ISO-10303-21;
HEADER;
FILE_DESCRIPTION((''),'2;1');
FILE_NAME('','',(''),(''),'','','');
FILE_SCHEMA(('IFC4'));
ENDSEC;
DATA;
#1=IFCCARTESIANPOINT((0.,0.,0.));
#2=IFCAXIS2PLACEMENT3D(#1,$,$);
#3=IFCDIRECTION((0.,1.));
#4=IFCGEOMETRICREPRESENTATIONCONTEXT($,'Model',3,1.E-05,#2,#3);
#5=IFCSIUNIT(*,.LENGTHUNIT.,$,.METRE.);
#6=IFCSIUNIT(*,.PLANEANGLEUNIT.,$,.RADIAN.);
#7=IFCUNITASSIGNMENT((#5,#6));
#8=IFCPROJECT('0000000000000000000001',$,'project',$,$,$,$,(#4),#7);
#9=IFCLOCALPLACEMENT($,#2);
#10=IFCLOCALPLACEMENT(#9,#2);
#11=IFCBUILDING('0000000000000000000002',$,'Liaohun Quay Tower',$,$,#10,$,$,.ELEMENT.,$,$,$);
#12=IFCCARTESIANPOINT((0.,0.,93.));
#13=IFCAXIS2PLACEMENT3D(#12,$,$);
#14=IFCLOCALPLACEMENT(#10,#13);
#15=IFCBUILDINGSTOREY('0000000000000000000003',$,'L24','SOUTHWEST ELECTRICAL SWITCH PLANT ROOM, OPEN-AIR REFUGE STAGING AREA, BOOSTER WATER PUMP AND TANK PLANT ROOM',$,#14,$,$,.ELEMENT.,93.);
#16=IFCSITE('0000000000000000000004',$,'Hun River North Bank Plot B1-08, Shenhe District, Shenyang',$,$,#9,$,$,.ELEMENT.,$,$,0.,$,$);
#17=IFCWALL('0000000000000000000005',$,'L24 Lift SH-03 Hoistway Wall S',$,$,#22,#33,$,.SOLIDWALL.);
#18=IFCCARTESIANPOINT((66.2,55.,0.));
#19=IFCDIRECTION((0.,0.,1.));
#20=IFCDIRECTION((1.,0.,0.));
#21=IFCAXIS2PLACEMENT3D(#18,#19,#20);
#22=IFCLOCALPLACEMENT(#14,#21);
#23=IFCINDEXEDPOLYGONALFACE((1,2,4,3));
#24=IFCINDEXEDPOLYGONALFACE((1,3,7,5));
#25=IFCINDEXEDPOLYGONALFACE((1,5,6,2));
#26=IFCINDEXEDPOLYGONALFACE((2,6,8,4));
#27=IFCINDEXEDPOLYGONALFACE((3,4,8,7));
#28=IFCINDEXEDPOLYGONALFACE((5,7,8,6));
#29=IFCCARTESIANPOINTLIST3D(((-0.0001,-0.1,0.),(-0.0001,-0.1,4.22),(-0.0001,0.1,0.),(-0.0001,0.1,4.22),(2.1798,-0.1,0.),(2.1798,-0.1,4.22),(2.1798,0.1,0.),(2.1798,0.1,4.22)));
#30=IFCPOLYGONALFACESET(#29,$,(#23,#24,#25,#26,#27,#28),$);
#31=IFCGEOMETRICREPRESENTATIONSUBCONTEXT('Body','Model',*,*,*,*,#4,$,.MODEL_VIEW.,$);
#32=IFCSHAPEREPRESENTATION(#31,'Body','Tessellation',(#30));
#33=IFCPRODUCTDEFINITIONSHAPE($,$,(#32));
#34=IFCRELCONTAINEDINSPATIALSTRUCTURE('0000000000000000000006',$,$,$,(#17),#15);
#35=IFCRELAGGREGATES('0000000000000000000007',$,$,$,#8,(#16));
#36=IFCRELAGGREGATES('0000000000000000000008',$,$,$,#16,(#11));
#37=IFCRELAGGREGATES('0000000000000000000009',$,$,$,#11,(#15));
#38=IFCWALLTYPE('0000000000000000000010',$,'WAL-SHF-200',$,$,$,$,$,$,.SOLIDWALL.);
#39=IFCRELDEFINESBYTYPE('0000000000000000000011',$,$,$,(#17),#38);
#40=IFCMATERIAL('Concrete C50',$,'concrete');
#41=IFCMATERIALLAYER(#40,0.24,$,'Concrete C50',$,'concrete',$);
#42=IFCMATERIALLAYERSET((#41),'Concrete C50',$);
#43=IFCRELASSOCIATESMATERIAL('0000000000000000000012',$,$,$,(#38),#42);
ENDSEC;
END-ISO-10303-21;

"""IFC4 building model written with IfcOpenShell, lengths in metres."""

from ifc_helpers import new_model, si_unit, direction, frame, frame_2d, origin, place, context, subcontext, project, spatial, rectangle, extrude, material, layer, layer_set, type_object, element, save


model = new_model("IFC4")

# Units and contexts
model_context = context("Model", 3, precision=1e-05, world=origin(), true_north=direction((0.0, 1.0)))
body_context = subcontext(model_context, "Body", "Model", "MODEL_VIEW")
ifc_project = project(units=[si_unit("LENGTHUNIT", "METRE"), si_unit("PLANEANGLEUNIT", "RADIAN")], contexts=[model_context])

# Site, building, storey
site_placement = place(None, origin())
site = spatial("IfcSite", under=ifc_project, at=site_placement, Name="Hun River North Bank Plot B1-08, Shenhe District, Shenyang", CompositionType="ELEMENT", RefElevation=0.0)
building_placement = place(site_placement, origin())
building = spatial("IfcBuilding", under=site, at=building_placement, Name="Liaohun Quay Tower", CompositionType="ELEMENT")
storey_placement = place(building_placement, frame((0.0, 0.0, 93.0)))
storey = spatial("IfcBuildingStorey", under=building, at=storey_placement, Name="L24", Description="SOUTHWEST ELECTRICAL SWITCH PLANT ROOM, OPEN-AIR REFUGE STAGING AREA, BOOSTER WATER PUMP AND TANK PLANT ROOM", CompositionType="ELEMENT", Elevation=93.0)

# Shared definitions
ifc_material_1 = material(Name="Concrete C50", Category="concrete")
ifc_layer_1 = layer(ifc_material_1, 0.24, Name="Concrete C50", Category="concrete")
ifc_layer_set_1 = layer_set([ifc_layer_1], Name="Concrete C50")
wall_type_1 = type_object("IfcWallType", Name="WAL-SHF-200", PredefinedType="SOLIDWALL", material=ifc_layer_set_1)

# Wall
wall_1_placement = place(storey_placement, frame((66.2, 55.0, 0.0), z_axis=(0.0, 0.0, 1.0), x_axis=(1.0, 0.0, 0.0)))
element("IfcWall", 1, at=wall_1_placement, inside=storey, type_object=wall_type_1, Name="L24 Lift SH-03 Hoistway Wall S", PredefinedType="SOLIDWALL", context=body_context, shape_type="SweptSolid", body=[
    extrude(rectangle(XDim=2.1799, YDim=0.2, at=frame_2d((1.0898, 0.0))), origin(), (0.0, 0.0, 1.0), 4.22),
])

save(model, "model.ifc")
